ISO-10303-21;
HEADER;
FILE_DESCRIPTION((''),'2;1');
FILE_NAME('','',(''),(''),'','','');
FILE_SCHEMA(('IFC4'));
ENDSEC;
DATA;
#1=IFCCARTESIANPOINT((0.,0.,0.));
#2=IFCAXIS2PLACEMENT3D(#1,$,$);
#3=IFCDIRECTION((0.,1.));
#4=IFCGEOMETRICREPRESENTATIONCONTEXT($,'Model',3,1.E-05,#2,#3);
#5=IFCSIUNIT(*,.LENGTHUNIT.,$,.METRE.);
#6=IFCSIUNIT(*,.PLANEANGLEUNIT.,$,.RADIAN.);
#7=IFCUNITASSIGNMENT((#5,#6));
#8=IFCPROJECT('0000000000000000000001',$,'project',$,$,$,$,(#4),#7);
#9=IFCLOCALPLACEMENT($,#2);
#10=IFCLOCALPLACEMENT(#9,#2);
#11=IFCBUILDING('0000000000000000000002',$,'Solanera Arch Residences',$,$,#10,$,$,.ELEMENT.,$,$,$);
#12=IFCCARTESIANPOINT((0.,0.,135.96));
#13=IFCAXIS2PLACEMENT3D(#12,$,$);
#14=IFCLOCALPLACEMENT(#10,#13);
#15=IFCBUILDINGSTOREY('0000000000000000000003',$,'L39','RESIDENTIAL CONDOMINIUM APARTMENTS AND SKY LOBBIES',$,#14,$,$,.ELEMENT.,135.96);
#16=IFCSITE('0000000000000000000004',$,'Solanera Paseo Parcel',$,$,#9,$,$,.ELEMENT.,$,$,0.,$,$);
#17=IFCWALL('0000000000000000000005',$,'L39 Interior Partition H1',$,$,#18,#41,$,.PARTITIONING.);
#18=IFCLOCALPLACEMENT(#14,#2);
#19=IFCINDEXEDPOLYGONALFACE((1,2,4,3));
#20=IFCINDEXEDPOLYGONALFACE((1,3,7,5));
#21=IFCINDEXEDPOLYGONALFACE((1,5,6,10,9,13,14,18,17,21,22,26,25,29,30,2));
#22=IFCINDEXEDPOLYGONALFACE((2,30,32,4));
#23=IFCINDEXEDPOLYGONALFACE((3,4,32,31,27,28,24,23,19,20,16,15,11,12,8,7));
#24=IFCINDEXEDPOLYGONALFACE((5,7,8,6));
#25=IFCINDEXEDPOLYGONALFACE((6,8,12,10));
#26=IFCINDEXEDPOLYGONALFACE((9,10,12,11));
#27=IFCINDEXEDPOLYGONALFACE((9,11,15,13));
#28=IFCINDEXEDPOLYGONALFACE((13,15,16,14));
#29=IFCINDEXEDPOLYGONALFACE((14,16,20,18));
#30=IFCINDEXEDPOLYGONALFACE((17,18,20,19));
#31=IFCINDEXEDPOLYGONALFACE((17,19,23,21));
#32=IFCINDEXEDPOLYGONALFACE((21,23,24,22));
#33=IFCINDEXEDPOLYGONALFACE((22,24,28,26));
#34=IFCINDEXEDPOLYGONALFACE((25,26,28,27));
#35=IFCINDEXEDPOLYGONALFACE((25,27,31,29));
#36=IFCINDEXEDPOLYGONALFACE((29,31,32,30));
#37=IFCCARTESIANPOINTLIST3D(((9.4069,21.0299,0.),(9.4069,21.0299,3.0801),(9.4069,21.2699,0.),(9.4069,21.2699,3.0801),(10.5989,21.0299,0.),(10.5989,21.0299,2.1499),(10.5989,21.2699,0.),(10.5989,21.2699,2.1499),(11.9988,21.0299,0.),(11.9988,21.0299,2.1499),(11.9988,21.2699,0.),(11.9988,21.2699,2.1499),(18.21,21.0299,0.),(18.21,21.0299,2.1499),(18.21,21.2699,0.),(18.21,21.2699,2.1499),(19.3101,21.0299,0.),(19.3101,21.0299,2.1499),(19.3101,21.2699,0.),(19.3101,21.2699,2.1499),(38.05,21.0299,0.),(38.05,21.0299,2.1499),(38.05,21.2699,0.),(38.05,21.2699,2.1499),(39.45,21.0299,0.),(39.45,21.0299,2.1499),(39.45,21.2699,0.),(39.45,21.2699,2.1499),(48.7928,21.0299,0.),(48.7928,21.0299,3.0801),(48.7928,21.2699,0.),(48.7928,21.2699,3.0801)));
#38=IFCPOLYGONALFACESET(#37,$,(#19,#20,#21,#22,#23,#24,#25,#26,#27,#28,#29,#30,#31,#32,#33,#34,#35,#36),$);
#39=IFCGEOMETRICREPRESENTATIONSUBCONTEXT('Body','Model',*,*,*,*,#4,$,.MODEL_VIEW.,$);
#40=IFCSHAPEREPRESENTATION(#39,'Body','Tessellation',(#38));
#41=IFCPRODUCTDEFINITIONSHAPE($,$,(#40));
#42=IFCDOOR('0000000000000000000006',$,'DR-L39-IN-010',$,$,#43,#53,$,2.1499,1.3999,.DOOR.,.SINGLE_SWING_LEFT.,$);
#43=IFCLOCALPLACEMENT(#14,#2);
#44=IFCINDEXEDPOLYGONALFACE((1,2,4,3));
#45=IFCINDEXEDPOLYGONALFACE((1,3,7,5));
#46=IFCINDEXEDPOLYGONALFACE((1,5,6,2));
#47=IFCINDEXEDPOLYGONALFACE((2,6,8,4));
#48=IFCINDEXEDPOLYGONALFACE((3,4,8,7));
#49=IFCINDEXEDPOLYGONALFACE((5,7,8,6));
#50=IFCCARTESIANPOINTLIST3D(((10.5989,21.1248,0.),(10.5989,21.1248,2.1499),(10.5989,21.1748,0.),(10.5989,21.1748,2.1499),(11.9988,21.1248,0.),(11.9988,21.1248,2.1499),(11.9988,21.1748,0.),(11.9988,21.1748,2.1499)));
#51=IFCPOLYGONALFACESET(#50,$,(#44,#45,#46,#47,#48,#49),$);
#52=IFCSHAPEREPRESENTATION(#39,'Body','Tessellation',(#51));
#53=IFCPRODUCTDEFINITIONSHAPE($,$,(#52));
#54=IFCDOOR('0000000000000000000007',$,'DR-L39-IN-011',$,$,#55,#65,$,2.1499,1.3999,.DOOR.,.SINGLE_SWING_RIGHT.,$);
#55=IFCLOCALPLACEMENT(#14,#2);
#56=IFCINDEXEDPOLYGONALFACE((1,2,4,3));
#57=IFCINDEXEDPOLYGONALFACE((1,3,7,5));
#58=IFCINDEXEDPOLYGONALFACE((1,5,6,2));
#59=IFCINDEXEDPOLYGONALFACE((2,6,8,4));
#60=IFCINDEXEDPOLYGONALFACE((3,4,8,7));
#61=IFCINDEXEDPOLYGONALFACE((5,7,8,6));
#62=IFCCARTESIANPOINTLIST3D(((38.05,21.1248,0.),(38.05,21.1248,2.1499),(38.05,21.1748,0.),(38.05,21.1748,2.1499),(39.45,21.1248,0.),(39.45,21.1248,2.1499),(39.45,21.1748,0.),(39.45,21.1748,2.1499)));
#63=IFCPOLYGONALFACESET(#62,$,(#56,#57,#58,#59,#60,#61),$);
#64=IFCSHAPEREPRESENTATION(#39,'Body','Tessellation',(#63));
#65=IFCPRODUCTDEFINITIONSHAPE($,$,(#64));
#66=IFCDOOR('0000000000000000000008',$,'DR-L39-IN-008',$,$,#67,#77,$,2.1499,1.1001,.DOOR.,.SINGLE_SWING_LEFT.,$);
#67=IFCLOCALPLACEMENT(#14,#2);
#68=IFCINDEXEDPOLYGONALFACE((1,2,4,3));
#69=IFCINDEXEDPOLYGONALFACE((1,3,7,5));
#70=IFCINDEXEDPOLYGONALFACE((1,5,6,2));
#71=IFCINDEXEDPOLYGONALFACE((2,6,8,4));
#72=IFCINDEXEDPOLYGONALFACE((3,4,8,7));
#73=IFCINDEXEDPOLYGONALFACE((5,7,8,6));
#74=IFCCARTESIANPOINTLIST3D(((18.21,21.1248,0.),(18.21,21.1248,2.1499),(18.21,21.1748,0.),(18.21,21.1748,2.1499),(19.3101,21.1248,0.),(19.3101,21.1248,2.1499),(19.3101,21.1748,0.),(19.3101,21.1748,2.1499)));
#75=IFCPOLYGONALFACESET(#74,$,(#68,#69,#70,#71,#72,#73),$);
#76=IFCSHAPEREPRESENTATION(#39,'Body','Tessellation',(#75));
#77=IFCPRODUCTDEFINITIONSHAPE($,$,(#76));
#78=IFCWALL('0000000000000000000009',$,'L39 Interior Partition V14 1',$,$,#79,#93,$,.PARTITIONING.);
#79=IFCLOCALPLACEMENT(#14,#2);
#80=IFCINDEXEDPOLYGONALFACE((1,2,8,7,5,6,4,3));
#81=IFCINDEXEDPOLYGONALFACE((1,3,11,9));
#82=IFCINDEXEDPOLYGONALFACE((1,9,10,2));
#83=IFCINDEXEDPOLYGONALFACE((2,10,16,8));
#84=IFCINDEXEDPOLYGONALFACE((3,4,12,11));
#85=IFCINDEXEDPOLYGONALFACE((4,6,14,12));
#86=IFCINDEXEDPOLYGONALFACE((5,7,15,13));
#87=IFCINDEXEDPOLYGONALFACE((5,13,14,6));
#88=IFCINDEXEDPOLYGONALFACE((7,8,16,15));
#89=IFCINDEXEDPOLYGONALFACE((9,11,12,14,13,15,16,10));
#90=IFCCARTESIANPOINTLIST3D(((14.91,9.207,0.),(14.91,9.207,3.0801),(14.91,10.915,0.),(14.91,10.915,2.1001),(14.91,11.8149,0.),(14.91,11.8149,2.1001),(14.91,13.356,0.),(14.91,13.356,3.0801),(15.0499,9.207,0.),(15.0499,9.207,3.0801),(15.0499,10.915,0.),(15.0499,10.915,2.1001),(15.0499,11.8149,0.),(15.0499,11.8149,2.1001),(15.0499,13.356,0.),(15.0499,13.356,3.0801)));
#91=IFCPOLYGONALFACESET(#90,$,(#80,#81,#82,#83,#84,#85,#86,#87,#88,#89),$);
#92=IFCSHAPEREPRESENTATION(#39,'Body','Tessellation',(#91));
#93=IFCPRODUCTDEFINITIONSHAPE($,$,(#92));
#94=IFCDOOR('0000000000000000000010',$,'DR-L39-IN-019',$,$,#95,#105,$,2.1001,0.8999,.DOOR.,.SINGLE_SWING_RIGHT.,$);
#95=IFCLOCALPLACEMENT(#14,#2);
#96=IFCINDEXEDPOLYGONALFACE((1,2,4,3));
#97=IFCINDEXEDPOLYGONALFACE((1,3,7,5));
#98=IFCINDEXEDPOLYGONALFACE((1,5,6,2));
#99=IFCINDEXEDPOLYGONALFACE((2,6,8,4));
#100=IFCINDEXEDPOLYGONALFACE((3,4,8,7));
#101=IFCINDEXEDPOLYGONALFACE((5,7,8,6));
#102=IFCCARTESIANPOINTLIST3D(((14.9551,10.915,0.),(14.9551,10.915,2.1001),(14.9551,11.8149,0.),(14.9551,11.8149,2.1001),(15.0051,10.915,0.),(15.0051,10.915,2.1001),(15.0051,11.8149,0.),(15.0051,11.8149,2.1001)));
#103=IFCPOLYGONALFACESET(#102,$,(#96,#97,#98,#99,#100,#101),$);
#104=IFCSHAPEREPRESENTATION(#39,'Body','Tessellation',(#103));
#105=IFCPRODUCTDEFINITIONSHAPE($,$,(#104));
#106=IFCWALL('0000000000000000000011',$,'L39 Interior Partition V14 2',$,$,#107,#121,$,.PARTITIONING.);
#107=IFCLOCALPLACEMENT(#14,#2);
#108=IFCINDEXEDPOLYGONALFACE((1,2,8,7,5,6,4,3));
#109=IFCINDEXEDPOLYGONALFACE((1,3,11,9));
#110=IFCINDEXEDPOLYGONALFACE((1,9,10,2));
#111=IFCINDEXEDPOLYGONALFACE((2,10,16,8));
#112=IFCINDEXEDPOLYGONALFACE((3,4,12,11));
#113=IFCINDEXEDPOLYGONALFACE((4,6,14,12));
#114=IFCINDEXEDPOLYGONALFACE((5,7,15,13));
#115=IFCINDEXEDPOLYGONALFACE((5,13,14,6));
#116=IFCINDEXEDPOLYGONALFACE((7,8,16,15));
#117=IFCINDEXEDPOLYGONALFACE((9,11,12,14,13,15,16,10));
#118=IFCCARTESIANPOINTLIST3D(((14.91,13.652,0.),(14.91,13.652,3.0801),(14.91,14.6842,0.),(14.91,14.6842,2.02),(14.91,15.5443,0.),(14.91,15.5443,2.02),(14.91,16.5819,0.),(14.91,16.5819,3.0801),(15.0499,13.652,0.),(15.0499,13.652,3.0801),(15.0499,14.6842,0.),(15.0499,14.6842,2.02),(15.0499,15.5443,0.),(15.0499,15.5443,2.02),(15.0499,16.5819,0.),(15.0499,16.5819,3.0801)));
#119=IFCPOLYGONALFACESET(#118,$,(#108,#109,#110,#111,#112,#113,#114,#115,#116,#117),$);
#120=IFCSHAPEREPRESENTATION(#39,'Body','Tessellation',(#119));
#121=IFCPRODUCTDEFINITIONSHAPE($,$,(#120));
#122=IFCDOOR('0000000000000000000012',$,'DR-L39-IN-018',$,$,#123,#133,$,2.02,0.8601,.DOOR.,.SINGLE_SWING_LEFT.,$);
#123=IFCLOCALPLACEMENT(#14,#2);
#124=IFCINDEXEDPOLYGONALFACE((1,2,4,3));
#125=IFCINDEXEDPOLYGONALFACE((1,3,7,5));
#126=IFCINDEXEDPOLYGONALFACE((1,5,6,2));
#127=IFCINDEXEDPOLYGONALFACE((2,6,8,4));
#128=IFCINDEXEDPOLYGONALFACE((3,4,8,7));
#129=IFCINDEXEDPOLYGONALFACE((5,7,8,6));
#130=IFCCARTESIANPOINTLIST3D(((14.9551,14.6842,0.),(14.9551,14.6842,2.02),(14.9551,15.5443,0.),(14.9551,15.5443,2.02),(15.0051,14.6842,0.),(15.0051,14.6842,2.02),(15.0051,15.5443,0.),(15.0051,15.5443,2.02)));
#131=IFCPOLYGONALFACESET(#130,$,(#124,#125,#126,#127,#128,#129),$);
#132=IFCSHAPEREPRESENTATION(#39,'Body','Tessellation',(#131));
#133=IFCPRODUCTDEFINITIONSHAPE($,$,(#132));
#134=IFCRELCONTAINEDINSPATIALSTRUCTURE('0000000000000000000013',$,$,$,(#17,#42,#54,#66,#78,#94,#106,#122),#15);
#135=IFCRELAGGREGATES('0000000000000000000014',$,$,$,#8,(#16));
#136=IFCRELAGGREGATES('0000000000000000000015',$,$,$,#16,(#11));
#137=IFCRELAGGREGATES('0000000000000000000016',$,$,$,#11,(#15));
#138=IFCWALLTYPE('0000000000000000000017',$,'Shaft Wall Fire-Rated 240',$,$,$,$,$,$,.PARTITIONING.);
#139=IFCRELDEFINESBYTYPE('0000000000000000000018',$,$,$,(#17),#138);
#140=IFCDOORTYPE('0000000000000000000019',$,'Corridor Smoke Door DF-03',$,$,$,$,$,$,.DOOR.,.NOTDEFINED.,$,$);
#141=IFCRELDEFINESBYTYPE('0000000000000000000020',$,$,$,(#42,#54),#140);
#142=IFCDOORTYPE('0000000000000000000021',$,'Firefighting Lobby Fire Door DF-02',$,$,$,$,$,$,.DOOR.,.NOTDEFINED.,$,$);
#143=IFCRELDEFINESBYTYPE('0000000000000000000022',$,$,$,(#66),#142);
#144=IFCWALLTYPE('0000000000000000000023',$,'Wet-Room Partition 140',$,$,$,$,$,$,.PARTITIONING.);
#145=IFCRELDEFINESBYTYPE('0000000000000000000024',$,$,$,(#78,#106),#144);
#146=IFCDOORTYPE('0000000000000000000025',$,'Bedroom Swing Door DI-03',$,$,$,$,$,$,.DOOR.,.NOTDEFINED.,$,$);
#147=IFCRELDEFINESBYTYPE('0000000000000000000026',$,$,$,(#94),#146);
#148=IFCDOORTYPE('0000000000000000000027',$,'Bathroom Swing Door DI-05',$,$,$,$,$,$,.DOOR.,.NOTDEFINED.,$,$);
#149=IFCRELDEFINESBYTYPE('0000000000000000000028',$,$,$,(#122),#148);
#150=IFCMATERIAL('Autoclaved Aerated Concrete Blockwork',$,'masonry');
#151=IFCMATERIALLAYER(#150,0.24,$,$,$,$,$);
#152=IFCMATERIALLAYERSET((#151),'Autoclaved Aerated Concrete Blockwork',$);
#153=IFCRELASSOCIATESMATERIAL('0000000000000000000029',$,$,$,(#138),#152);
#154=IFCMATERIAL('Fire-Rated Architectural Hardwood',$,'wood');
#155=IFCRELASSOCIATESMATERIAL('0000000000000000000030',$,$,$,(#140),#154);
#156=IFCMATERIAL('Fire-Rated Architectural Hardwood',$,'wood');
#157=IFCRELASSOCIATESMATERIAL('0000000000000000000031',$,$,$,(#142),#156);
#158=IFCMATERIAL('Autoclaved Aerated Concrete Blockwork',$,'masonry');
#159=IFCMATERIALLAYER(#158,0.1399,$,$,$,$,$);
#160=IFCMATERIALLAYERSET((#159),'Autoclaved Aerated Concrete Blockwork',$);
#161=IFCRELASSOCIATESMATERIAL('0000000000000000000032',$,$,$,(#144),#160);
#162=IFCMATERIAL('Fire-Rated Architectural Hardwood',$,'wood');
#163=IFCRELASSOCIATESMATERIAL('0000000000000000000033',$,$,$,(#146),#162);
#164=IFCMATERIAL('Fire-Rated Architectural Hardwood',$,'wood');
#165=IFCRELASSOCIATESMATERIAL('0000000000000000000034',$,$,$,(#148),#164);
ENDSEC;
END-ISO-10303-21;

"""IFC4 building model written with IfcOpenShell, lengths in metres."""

from ifc_helpers import new_model, si_unit, direction, frame, frame_2d, origin, place, context, subcontext, project, spatial, rectangle, extrude, material, layer, layer_set, type_object, element, fill, save


model = new_model("IFC4")

# Units and contexts
model_context = context("Model", 3, precision=1e-05, world=origin(), true_north=direction((0.0, 1.0)))
body_context = subcontext(model_context, "Body", "Model", "MODEL_VIEW")
ifc_project = project(units=[si_unit("LENGTHUNIT", "METRE"), si_unit("PLANEANGLEUNIT", "RADIAN")], contexts=[model_context])

# Site, building, storey
site_placement = place(None, origin())
site = spatial("IfcSite", under=ifc_project, at=site_placement, Name="Solanera Paseo Parcel", CompositionType="ELEMENT", RefElevation=0.0)
building_placement = place(site_placement, origin())
building = spatial("IfcBuilding", under=site, at=building_placement, Name="Solanera Arch Residences", CompositionType="ELEMENT")
storey_placement = place(building_placement, frame((0.0, 0.0, 135.96)))
storey = spatial("IfcBuildingStorey", under=building, at=storey_placement, Name="L39", Description="RESIDENTIAL CONDOMINIUM APARTMENTS AND SKY LOBBIES", CompositionType="ELEMENT", Elevation=135.96)

# Wall, openings, doors
ifc_material_1 = material(Name="Autoclaved Aerated Concrete Blockwork", Category="masonry")
ifc_layer_1 = layer(ifc_material_1, 0.24)
ifc_layer_set_1 = layer_set([ifc_layer_1], Name="Autoclaved Aerated Concrete Blockwork")
wall_type_1 = type_object("IfcWallType", Name="Shaft Wall Fire-Rated 240", PredefinedType="PARTITIONING", material=ifc_layer_set_1)
wall_1_placement = place(storey_placement, frame((9.407, 21.1499, 0.0), z_axis=(0.0, 0.0, 1.0), x_axis=(1.0, 0.0, 0.0)))
wall_1 = element("IfcWall", 1, at=wall_1_placement, inside=storey, type_object=wall_type_1, Name="L39 Interior Partition H1", PredefinedType="PARTITIONING", context=body_context, shape_type="SweptSolid", body=[
    extrude(rectangle(XDim=39.386, YDim=0.24, at=frame_2d((19.6929, 0.0))), origin(), (0.0, 0.0, 1.0), 3.0801),
])
opening_1_placement = place(wall_1_placement, frame((8.803, 0.0, 0.0)))
opening_1 = element("IfcOpeningElement", 2, at=opening_1_placement, cuts=wall_1, PredefinedType="OPENING", context=body_context, shape_type="SweptSolid", body=[
    extrude(rectangle(XDim=1.1001, YDim=2.1499, at=frame_2d((0.55, 1.075))), frame((0.0, 0.1299, 0.0), z_axis=(0.0, -1.0, 0.0), x_axis=(1.0, 0.0, 0.0)), (0.0, 0.0, 1.0), 0.26),
])
opening_2_placement = place(wall_1_placement, frame((1.1919, 0.0, 0.0)))
opening_2 = element("IfcOpeningElement", 3, at=opening_2_placement, cuts=wall_1, PredefinedType="OPENING", context=body_context, shape_type="SweptSolid", body=[
    extrude(rectangle(XDim=1.3999, YDim=2.1499, at=frame_2d((0.7, 1.075))), frame((0.0, 0.1299, 0.0), z_axis=(0.0, -1.0, 0.0), x_axis=(1.0, 0.0, 0.0)), (0.0, 0.0, 1.0), 0.26),
])
opening_3_placement = place(wall_1_placement, frame((28.6431, 0.0, 0.0)))
opening_3 = element("IfcOpeningElement", 4, at=opening_3_placement, cuts=wall_1, PredefinedType="OPENING", context=body_context, shape_type="SweptSolid", body=[
    extrude(rectangle(XDim=1.3999, YDim=2.1499, at=frame_2d((0.7, 1.075))), frame((0.0, 0.1299, 0.0), z_axis=(0.0, -1.0, 0.0), x_axis=(1.0, 0.0, 0.0)), (0.0, 0.0, 1.0), 0.26),
])
ifc_material_2 = material(Name="Fire-Rated Architectural Hardwood", Category="wood")
door_type_1 = type_object("IfcDoorType", Name="Corridor Smoke Door DF-03", OperationType="NOTDEFINED", PredefinedType="DOOR", material=ifc_material_2)
door_1_placement = place(opening_2_placement, origin())
door_1 = element("IfcDoor", 5, at=door_1_placement, inside=storey, type_object=door_type_1, Name="DR-L39-IN-010", OperationType="SINGLE_SWING_LEFT", OverallHeight=2.1499, OverallWidth=1.3999, PredefinedType="DOOR", context=body_context, shape_type="SweptSolid", body=[
    extrude(rectangle(XDim=1.3999, YDim=2.1499, at=frame_2d((0.7, 1.075))), frame((0.0, 0.0249, 0.0), z_axis=(0.0, -1.0, 0.0), x_axis=(1.0, 0.0, 0.0)), (0.0, 0.0, 1.0), 0.05),
])
fill(opening_2, door_1)
door_2_placement = place(opening_3_placement, origin())
door_2 = element("IfcDoor", 6, at=door_2_placement, inside=storey, type_object=door_type_1, Name="DR-L39-IN-011", OperationType="SINGLE_SWING_RIGHT", OverallHeight=2.1499, OverallWidth=1.3999, PredefinedType="DOOR", context=body_context, shape_type="SweptSolid", body=[
    extrude(rectangle(XDim=1.3999, YDim=2.1499, at=frame_2d((0.7, 1.075))), frame((0.0, 0.0249, 0.0), z_axis=(0.0, -1.0, 0.0), x_axis=(1.0, 0.0, 0.0)), (0.0, 0.0, 1.0), 0.05),
])
fill(opening_3, door_2)
ifc_material_3 = material(Name="Fire-Rated Architectural Hardwood", Category="wood")
door_type_2 = type_object("IfcDoorType", Name="Firefighting Lobby Fire Door DF-02", OperationType="NOTDEFINED", PredefinedType="DOOR", material=ifc_material_3)
door_3_placement = place(opening_1_placement, origin())
door_3 = element("IfcDoor", 7, at=door_3_placement, inside=storey, type_object=door_type_2, Name="DR-L39-IN-008", OperationType="SINGLE_SWING_LEFT", OverallHeight=2.1499, OverallWidth=1.1001, PredefinedType="DOOR", context=body_context, shape_type="SweptSolid", body=[
    extrude(rectangle(XDim=1.1001, YDim=2.1499, at=frame_2d((0.55, 1.075))), frame((0.0, 0.0249, 0.0), z_axis=(0.0, -1.0, 0.0), x_axis=(1.0, 0.0, 0.0)), (0.0, 0.0, 1.0), 0.05),
])
fill(opening_1, door_3)

# Walls, openings, doors
ifc_material_4 = material(Name="Autoclaved Aerated Concrete Blockwork", Category="masonry")
ifc_layer_2 = layer(ifc_material_4, 0.1399)
ifc_layer_set_2 = layer_set([ifc_layer_2], Name="Autoclaved Aerated Concrete Blockwork")
wall_type_2 = type_object("IfcWallType", Name="Wet-Room Partition 140", PredefinedType="PARTITIONING", material=ifc_layer_set_2)
wall_2_placement = place(storey_placement, frame((14.98, 9.207, 0.0), z_axis=(0.0, 0.0, 1.0), x_axis=(0.0, 1.0, 0.0)))
wall_2 = element("IfcWall", 8, at=wall_2_placement, inside=storey, type_object=wall_type_2, Name="L39 Interior Partition V14 1", PredefinedType="PARTITIONING", context=body_context, shape_type="SweptSolid", body=[
    extrude(rectangle(XDim=4.1489, YDim=0.1399, at=frame_2d((2.0745, 0.0))), origin(), (0.0, 0.0, 1.0), 3.0801),
])
opening_4_placement = place(wall_2_placement, frame((1.708, 0.0, 0.0)))
opening_4 = element("IfcOpeningElement", 9, at=opening_4_placement, cuts=wall_2, PredefinedType="OPENING", context=body_context, shape_type="SweptSolid", body=[
    extrude(rectangle(XDim=0.8999, YDim=2.1001, at=frame_2d((0.45, 1.05))), frame((0.0, 0.0798, 0.0), z_axis=(0.0, -1.0, 0.0), x_axis=(1.0, 0.0, 0.0)), (0.0, 0.0, 1.0), 0.1599),
])
ifc_material_5 = material(Name="Fire-Rated Architectural Hardwood", Category="wood")
door_type_3 = type_object("IfcDoorType", Name="Bedroom Swing Door DI-03", OperationType="NOTDEFINED", PredefinedType="DOOR", material=ifc_material_5)
door_4_placement = place(opening_4_placement, origin())
door_4 = element("IfcDoor", 10, at=door_4_placement, inside=storey, type_object=door_type_3, Name="DR-L39-IN-019", OperationType="SINGLE_SWING_RIGHT", OverallHeight=2.1001, OverallWidth=0.8999, PredefinedType="DOOR", context=body_context, shape_type="SweptSolid", body=[
    extrude(rectangle(XDim=0.8999, YDim=2.1001, at=frame_2d((0.45, 1.05))), frame((0.0, 0.0249, 0.0), z_axis=(0.0, -1.0, 0.0), x_axis=(1.0, 0.0, 0.0)), (0.0, 0.0, 1.0), 0.05),
])
fill(opening_4, door_4)
wall_3_placement = place(storey_placement, frame((14.98, 13.6521, 0.0), z_axis=(0.0, 0.0, 1.0), x_axis=(0.0, 1.0, 0.0)))
wall_3 = element("IfcWall", 11, at=wall_3_placement, inside=storey, type_object=wall_type_2, Name="L39 Interior Partition V14 2", PredefinedType="PARTITIONING", context=body_context, shape_type="SweptSolid", body=[
    extrude(rectangle(XDim=2.9299, YDim=0.1399, at=frame_2d((1.4648, 0.0))), origin(), (0.0, 0.0, 1.0), 3.0801),
])
opening_5_placement = place(wall_3_placement, frame((1.032, 0.0, 0.0)))
opening_5 = element("IfcOpeningElement", 12, at=opening_5_placement, cuts=wall_3, PredefinedType="OPENING", context=body_context, shape_type="SweptSolid", body=[
    extrude(rectangle(XDim=0.8601, YDim=2.02, at=frame_2d((0.4302, 1.01))), frame((0.0, 0.0798, 0.0), z_axis=(0.0, -1.0, 0.0), x_axis=(1.0, 0.0, 0.0)), (0.0, 0.0, 1.0), 0.1599),
])
ifc_material_6 = material(Name="Fire-Rated Architectural Hardwood", Category="wood")
door_type_4 = type_object("IfcDoorType", Name="Bathroom Swing Door DI-05", OperationType="NOTDEFINED", PredefinedType="DOOR", material=ifc_material_6)
door_5_placement = place(opening_5_placement, origin())
door_5 = element("IfcDoor", 13, at=door_5_placement, inside=storey, type_object=door_type_4, Name="DR-L39-IN-018", OperationType="SINGLE_SWING_LEFT", OverallHeight=2.02, OverallWidth=0.8601, PredefinedType="DOOR", context=body_context, shape_type="SweptSolid", body=[
    extrude(rectangle(XDim=0.8601, YDim=2.02, at=frame_2d((0.4302, 1.01))), frame((0.0, 0.0249, 0.0), z_axis=(0.0, -1.0, 0.0), x_axis=(1.0, 0.0, 0.0)), (0.0, 0.0, 1.0), 0.05),
])
fill(opening_5, door_5)

save(model, "model.ifc")
